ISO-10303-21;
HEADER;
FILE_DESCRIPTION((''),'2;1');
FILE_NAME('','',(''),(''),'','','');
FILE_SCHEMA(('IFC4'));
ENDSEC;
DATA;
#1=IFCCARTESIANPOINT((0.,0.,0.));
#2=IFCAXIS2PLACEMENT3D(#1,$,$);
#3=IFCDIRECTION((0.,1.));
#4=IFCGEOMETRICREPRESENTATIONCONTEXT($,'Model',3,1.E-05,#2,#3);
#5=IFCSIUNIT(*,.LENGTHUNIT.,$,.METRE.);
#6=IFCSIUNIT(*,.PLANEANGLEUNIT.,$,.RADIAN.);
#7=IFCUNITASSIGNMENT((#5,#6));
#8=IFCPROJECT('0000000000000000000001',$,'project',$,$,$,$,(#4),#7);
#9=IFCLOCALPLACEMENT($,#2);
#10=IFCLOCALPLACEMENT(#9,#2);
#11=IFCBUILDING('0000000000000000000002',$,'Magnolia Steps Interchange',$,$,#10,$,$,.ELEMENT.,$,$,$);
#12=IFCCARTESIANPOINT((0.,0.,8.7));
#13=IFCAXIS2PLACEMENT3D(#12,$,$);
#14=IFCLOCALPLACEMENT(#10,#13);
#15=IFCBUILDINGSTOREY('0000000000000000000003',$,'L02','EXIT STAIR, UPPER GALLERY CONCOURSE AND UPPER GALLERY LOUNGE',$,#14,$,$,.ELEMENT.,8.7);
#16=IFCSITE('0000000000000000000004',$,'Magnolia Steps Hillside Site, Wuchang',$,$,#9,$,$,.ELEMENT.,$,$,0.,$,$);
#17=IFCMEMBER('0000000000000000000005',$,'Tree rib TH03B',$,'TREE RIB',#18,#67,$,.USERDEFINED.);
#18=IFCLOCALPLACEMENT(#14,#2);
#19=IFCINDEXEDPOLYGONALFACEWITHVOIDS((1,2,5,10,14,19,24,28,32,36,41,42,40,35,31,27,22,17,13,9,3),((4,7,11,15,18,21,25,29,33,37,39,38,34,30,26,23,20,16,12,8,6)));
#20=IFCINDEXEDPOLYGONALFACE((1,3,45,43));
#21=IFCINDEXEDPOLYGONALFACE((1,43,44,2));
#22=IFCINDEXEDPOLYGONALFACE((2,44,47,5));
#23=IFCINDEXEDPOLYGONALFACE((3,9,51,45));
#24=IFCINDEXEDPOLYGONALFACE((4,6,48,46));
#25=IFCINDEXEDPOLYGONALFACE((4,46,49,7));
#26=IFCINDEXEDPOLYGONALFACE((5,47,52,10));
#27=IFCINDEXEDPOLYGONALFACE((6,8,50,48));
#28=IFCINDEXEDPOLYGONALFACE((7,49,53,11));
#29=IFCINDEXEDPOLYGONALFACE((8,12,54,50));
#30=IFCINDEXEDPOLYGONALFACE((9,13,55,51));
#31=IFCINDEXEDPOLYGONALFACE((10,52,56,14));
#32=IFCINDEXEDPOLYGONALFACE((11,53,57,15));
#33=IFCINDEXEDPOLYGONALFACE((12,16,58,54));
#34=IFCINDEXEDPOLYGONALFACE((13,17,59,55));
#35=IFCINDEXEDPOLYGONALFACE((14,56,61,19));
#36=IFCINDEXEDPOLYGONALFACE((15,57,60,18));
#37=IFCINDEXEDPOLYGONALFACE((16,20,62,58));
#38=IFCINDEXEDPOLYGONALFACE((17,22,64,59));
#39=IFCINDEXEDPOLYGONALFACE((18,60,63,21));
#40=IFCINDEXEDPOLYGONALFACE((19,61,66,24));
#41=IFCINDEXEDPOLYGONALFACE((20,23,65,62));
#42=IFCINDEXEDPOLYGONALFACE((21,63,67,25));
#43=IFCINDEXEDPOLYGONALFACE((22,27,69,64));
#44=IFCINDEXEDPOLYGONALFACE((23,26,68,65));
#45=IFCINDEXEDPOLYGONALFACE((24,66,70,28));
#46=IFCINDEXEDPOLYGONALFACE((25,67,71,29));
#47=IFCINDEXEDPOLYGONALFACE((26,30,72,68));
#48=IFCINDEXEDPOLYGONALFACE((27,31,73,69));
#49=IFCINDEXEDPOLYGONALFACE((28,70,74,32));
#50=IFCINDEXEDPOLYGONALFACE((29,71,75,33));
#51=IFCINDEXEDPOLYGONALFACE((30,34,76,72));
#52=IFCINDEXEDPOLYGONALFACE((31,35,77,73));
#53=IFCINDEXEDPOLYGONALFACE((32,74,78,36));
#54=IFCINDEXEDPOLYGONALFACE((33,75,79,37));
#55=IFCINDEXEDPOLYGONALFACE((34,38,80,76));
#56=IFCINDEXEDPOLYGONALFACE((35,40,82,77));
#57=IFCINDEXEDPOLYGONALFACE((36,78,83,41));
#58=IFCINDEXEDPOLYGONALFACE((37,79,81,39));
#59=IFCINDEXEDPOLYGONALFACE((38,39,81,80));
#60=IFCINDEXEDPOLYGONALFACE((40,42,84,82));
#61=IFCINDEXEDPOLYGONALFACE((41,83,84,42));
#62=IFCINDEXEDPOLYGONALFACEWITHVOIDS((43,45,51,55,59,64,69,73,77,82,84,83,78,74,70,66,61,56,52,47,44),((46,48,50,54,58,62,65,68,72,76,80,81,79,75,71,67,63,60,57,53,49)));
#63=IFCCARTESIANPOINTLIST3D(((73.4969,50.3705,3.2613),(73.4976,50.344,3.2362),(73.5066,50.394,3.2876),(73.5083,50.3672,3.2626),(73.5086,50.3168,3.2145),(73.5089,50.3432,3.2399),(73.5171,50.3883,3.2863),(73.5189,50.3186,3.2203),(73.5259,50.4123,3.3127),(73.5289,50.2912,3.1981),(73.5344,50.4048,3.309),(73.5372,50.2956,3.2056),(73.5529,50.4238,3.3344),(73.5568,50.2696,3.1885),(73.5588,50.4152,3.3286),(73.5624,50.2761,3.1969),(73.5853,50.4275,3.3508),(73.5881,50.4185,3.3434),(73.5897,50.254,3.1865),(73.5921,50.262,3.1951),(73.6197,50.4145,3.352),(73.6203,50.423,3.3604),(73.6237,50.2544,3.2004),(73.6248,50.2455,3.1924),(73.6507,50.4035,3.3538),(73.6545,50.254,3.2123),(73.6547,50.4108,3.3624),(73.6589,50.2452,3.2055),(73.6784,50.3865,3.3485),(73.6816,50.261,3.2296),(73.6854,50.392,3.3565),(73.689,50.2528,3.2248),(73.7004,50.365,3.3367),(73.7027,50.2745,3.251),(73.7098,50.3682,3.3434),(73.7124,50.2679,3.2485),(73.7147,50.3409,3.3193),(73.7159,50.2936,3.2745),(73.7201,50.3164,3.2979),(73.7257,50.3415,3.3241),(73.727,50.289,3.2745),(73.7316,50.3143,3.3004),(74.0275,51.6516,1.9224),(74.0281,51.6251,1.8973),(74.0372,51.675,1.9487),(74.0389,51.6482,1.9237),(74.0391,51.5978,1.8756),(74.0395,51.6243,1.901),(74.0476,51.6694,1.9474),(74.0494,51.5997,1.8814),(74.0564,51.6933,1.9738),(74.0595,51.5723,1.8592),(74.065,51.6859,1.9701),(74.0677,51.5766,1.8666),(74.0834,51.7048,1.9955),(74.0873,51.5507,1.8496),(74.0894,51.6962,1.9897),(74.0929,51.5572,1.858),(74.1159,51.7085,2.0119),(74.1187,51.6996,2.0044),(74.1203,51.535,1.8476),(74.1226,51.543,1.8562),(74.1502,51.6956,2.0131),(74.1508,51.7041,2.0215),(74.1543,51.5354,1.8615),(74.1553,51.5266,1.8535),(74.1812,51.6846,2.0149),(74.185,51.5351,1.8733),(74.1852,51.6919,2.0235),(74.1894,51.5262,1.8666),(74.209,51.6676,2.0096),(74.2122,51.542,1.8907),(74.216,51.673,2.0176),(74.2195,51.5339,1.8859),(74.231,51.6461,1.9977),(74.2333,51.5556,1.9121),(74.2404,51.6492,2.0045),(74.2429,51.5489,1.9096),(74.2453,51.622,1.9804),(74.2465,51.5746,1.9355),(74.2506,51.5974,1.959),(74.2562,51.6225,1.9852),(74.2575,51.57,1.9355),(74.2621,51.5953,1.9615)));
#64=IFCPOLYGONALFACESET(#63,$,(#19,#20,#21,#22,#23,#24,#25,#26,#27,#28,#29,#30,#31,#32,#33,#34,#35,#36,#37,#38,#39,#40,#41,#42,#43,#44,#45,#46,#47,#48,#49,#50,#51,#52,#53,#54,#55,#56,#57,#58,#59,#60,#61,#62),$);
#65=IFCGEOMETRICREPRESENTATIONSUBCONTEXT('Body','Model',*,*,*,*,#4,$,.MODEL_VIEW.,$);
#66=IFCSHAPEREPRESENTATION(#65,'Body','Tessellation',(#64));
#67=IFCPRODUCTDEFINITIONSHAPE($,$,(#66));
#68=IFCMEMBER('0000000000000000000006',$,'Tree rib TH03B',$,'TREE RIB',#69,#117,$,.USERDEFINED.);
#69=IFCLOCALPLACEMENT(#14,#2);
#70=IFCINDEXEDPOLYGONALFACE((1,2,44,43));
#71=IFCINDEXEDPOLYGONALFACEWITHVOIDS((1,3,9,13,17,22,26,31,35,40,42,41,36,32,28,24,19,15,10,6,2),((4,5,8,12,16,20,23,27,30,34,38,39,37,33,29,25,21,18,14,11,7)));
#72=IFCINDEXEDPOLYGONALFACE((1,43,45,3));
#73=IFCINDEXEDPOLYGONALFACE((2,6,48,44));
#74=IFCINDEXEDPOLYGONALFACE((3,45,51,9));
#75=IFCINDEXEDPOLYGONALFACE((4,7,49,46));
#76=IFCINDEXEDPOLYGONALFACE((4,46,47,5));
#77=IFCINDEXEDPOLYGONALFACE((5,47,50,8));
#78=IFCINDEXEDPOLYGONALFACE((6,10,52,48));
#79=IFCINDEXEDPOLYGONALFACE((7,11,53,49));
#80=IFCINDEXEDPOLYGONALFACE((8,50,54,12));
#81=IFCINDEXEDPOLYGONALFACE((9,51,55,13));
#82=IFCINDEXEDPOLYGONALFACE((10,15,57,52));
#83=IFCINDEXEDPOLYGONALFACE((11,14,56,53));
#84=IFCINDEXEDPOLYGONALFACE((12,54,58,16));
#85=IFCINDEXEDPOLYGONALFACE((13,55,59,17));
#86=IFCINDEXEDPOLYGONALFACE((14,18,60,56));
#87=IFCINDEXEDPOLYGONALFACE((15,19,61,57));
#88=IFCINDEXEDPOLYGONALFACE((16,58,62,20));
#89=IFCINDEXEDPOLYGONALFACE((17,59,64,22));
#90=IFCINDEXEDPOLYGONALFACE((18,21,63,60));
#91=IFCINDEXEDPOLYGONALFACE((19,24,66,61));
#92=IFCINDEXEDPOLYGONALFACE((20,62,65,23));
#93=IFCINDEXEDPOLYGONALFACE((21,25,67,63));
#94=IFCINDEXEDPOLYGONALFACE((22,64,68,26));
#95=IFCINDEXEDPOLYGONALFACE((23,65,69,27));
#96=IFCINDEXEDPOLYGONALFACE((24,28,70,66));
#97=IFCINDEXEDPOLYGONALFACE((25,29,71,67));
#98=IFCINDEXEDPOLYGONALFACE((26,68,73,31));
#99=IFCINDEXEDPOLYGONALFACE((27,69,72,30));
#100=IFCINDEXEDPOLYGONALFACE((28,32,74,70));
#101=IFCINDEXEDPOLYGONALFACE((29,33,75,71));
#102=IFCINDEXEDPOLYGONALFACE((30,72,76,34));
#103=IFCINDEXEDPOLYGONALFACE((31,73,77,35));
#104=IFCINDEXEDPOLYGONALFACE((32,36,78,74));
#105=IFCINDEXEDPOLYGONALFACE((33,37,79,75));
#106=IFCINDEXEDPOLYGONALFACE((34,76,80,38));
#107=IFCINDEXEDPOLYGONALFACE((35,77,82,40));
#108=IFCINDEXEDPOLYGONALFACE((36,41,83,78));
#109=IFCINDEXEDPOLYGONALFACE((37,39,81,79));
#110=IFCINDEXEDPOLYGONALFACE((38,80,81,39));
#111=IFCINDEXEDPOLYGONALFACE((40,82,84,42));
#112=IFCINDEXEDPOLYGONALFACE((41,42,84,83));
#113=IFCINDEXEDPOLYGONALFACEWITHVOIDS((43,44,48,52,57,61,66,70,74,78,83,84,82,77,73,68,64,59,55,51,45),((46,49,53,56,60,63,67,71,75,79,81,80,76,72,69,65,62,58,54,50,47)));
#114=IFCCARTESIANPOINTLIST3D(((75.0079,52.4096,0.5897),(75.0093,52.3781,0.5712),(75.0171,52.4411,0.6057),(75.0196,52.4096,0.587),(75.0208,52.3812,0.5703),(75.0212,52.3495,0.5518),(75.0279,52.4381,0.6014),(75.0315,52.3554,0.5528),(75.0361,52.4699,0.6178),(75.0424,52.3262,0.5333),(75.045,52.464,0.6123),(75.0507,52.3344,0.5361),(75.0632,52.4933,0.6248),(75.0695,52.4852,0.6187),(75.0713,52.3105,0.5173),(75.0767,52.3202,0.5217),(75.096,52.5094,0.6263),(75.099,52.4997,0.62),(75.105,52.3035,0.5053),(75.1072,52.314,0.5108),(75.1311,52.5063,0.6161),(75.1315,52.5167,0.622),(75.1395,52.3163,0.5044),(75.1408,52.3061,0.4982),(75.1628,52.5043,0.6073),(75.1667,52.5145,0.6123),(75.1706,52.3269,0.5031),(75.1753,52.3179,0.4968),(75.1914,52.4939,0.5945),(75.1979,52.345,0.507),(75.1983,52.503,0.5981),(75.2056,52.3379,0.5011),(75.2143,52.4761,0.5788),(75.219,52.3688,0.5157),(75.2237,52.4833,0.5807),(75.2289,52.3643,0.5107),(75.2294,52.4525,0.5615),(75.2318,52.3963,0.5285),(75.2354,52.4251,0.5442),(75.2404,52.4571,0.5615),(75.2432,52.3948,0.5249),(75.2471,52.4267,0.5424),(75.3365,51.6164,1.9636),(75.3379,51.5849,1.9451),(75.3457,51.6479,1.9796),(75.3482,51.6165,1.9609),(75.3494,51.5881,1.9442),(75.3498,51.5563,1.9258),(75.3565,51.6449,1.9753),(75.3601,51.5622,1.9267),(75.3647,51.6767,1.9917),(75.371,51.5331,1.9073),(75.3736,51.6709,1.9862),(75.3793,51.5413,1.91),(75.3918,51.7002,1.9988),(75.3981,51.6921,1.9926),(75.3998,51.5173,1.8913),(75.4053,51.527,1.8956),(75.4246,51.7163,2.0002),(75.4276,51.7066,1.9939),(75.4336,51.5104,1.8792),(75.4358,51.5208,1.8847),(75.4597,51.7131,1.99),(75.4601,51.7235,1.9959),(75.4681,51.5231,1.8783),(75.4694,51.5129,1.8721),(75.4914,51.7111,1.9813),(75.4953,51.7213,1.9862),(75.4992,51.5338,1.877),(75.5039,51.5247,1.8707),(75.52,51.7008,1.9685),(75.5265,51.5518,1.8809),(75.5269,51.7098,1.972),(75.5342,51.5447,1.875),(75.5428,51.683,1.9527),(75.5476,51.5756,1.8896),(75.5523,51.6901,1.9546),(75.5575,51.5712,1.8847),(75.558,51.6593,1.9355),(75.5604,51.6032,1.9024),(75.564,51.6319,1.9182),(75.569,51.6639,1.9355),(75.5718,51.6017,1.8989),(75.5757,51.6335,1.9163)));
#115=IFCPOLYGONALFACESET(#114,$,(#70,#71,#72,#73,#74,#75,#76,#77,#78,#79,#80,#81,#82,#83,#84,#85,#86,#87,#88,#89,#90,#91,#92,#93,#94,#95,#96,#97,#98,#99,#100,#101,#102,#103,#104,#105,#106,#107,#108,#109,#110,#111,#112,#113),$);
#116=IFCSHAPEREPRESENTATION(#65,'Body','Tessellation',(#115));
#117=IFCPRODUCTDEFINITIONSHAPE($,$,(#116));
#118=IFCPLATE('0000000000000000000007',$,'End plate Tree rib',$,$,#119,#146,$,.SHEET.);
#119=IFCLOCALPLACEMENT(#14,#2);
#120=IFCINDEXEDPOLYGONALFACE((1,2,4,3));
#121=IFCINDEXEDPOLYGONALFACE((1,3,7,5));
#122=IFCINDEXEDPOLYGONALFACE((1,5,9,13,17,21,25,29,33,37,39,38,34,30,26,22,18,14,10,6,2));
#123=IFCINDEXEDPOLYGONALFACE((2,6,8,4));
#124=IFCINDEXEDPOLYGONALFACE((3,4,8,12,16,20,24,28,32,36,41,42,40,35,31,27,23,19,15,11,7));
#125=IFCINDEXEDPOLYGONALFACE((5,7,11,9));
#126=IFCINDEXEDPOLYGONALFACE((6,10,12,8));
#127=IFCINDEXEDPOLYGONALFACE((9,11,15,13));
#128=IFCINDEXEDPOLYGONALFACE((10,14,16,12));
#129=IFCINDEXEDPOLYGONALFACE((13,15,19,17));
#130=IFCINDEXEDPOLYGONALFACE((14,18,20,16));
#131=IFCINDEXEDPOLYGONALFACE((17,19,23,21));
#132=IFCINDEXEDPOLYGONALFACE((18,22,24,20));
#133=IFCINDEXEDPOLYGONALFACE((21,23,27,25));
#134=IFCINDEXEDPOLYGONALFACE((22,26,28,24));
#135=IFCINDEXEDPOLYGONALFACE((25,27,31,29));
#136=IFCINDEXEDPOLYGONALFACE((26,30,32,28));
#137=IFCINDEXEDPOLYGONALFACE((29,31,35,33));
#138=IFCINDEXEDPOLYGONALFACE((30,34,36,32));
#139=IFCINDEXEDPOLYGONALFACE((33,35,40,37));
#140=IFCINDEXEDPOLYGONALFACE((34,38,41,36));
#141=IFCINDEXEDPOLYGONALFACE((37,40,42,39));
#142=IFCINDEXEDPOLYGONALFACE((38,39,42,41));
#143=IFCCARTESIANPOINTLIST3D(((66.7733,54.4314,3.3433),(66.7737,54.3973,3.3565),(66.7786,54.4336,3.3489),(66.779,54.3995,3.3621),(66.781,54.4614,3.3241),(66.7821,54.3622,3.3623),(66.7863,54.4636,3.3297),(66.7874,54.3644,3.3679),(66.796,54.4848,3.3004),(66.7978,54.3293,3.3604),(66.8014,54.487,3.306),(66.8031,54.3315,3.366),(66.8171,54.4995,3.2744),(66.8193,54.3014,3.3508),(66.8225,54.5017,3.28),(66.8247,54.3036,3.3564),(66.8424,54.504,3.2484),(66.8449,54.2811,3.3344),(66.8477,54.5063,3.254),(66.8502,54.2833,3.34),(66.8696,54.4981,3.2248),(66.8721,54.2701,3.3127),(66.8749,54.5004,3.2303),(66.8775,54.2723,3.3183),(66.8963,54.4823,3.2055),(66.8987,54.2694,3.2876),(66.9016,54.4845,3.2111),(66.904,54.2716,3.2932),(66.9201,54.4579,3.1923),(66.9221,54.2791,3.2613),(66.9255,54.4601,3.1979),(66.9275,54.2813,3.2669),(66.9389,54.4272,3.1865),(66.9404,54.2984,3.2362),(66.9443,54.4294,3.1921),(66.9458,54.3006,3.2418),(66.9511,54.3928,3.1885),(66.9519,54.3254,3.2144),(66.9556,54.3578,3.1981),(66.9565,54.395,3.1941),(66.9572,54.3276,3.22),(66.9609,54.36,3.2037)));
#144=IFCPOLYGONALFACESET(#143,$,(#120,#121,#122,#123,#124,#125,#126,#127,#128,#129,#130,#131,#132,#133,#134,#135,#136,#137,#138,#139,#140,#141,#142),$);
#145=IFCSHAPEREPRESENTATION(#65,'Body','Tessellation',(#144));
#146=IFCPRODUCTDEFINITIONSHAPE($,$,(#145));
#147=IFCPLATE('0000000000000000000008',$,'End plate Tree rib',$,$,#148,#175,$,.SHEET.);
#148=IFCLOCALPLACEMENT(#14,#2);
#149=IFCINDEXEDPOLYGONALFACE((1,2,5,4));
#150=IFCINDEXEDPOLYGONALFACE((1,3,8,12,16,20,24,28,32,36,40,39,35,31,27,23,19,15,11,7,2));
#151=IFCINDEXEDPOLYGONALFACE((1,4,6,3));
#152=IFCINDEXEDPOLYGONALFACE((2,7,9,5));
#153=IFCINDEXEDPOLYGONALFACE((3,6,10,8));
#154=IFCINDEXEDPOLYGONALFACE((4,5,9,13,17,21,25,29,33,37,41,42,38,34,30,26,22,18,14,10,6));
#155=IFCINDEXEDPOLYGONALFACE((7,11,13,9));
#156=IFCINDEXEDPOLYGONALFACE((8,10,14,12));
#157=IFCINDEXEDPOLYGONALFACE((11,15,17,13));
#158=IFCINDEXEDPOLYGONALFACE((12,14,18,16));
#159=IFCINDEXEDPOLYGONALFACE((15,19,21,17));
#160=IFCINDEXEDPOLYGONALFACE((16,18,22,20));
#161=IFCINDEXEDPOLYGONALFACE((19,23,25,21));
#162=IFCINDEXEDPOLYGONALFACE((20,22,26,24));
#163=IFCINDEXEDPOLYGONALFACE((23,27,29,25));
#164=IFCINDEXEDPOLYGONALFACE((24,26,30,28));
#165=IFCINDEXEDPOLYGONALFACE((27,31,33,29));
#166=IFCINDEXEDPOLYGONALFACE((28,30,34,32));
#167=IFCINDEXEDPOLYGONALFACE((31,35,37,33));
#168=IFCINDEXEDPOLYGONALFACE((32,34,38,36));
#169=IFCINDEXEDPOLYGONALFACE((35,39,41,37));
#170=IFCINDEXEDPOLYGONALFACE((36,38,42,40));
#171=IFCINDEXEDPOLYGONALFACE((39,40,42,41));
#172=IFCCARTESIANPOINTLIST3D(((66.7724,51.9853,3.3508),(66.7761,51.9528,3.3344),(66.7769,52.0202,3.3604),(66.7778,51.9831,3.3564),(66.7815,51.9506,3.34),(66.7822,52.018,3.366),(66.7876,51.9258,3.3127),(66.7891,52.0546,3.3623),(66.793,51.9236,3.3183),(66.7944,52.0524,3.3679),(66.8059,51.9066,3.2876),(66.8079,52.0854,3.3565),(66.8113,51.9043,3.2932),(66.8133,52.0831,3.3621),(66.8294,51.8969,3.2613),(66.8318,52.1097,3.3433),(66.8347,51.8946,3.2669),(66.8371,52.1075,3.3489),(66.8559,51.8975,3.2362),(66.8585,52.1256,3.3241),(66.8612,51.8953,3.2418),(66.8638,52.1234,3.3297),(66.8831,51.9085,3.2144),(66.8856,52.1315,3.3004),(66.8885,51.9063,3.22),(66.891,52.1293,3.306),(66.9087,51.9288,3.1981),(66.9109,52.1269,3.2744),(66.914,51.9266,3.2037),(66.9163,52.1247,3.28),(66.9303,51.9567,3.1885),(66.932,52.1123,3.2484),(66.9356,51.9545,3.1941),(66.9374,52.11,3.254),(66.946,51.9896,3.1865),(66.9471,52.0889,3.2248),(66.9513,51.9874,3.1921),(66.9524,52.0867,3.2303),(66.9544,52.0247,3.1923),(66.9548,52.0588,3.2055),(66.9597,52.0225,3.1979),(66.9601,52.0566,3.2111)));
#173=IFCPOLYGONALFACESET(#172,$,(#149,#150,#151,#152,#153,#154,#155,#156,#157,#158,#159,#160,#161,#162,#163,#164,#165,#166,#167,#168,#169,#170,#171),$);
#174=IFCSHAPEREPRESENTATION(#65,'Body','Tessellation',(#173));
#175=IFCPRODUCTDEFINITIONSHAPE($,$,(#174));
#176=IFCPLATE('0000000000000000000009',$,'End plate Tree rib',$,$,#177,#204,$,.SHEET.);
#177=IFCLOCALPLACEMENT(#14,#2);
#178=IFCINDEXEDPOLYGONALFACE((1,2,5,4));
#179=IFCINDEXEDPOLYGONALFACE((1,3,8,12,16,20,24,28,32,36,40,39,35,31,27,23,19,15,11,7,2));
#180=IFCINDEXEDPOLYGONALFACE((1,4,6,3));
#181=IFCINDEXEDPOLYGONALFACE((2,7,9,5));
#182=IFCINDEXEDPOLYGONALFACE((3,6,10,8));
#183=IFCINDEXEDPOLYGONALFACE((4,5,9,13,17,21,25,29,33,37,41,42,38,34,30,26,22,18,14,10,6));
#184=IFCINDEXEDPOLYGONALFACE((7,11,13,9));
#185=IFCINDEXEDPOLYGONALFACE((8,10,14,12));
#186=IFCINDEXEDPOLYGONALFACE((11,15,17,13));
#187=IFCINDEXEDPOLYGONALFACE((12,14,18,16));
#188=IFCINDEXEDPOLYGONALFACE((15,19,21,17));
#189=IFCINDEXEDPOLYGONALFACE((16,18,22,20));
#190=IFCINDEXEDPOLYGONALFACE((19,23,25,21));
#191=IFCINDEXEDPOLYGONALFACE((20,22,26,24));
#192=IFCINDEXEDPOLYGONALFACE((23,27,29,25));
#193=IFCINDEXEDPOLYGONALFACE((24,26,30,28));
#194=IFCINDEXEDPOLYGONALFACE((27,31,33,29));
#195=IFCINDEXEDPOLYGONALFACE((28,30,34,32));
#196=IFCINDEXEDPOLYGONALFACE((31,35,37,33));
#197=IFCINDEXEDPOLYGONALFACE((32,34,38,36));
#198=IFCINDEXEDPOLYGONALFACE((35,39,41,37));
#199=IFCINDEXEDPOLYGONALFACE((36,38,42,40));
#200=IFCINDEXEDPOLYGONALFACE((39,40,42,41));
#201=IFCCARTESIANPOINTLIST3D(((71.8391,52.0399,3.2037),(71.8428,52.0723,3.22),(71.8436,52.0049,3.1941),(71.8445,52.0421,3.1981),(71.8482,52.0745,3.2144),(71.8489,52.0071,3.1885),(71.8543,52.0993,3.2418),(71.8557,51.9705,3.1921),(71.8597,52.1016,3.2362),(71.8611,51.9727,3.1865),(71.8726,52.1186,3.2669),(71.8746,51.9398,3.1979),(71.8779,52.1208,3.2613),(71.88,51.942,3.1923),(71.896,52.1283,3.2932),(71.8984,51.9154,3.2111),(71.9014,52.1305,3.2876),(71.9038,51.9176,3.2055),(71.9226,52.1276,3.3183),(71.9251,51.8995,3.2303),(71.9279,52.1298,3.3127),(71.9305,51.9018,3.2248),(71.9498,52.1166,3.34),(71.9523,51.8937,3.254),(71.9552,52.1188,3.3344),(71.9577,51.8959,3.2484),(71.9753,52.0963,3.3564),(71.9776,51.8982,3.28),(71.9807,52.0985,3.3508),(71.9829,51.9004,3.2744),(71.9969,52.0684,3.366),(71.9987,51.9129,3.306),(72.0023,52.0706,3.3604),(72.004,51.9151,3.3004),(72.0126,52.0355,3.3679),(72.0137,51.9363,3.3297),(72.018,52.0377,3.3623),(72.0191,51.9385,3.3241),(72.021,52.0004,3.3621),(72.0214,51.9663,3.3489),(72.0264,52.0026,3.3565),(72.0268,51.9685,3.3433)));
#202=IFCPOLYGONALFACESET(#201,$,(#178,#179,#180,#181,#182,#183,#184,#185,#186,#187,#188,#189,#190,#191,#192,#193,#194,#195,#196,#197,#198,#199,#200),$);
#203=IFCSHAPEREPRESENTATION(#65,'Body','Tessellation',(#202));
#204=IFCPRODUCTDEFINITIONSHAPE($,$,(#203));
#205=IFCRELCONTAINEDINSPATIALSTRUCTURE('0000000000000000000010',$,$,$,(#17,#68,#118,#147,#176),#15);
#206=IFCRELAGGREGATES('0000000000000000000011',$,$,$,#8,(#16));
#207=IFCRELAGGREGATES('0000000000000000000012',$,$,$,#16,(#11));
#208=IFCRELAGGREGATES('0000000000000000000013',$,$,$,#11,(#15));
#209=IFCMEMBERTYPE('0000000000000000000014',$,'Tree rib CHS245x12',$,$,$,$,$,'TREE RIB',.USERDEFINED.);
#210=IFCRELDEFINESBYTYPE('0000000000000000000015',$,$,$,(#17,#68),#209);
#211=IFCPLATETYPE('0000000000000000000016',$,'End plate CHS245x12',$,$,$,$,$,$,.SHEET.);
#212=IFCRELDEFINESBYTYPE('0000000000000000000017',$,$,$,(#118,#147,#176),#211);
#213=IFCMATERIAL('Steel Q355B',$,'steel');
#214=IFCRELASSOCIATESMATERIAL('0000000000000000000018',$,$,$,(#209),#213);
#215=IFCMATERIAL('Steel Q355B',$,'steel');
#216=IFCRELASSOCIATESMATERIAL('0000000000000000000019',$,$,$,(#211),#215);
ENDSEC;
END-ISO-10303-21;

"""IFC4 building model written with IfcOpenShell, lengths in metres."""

from ifc_helpers import new_model, si_unit, direction, frame, origin, origin_2d, place, context, subcontext, project, spatial, circle, hollow_circle, extrude, material, material_profile, profile_set, type_object, element, save


model = new_model("IFC4")

# Units and contexts
model_context = context("Model", 3, precision=1e-05, world=origin(), true_north=direction((0.0, 1.0)))
body_context = subcontext(model_context, "Body", "Model", "MODEL_VIEW")
ifc_project = project(units=[si_unit("LENGTHUNIT", "METRE"), si_unit("PLANEANGLEUNIT", "RADIAN")], contexts=[model_context])

# Site, building, storey
site_placement = place(None, origin())
site = spatial("IfcSite", under=ifc_project, at=site_placement, Name="Magnolia Steps Hillside Site, Wuchang", CompositionType="ELEMENT", RefElevation=0.0)
building_placement = place(site_placement, origin())
building = spatial("IfcBuilding", under=site, at=building_placement, Name="Magnolia Steps Interchange", CompositionType="ELEMENT")
storey_placement = place(building_placement, frame((0.0, 0.0, 8.7)))
storey = spatial("IfcBuildingStorey", under=building, at=storey_placement, Name="L02", Description="EXIT STAIR, UPPER GALLERY CONCOURSE AND UPPER GALLERY LOUNGE", CompositionType="ELEMENT", Elevation=8.7)

# Members
ifc_material_1 = material(Name="Steel Q355B", Category="steel")
ifc_material_profile_1 = material_profile(ifc_material_1, hollow_circle(Radius=0.1226, WallThickness=0.012, at=origin_2d()), Name="CHS245x12")
ifc_profile_set_1 = profile_set([ifc_material_profile_1], Name="Steel Q355B")
member_type = type_object("IfcMemberType", Name="Tree rib CHS245x12", ElementType="TREE RIB", PredefinedType="USERDEFINED", material=ifc_profile_set_1)
member_1_placement = place(storey_placement, frame((74.1443, 51.6169, 1.9355), z_axis=(-0.275246, -0.664618, 0.694638), x_axis=(0.923903, -0.382627, 0.0)))
element("IfcMember", 1, at=member_1_placement, inside=storey, type_object=member_type, Name="Tree rib TH03B", ObjectType="TREE RIB", PredefinedType="USERDEFINED", context=body_context, shape_type="SweptSolid", body=[
    extrude(hollow_circle(Radius=0.1226, WallThickness=0.012, at=origin_2d()), origin(), (0.0, 0.0, 1.0), 1.9275),
])
member_2_placement = place(storey_placement, frame((75.1272, 52.4102, 0.5615), z_axis=(0.20282, -0.489571, 0.848047), x_axis=(0.923857, 0.382737, 0.0)))
element("IfcMember", 2, at=member_2_placement, inside=storey, type_object=member_type, Name="Tree rib TH03B", ObjectType="TREE RIB", PredefinedType="USERDEFINED", context=body_context, shape_type="SweptSolid", body=[
    extrude(hollow_circle(Radius=0.1226, WallThickness=0.012, at=origin_2d()), origin(), (0.0, 0.0, 1.0), 1.6201),
])

# Plates
ifc_material_2 = material(Name="Steel Q355B", Category="steel")
ifc_material_profile_2 = material_profile(ifc_material_2, circle(Radius=0.1226, at=origin_2d()), Name="End plate CHS245x12")
ifc_profile_set_2 = profile_set([ifc_material_profile_2], Name="Steel Q355B")
plate_type = type_object("IfcPlateType", Name="End plate CHS245x12", PredefinedType="SHEET", material=ifc_profile_set_2)
for number, where, z_axis, x_axis, name in (
    (3, (66.864, 54.3862, 3.2744), (0.664583, 0.275279, 0.694658), (-0.382683, 0.92388, 0.0), "End plate Tree rib"),
    (4, (66.864, 52.0137, 3.2744), (0.664583, -0.275279, 0.694658), (0.382683, 0.92388, 0.0), "End plate Tree rib"),
    (5, (71.936, 52.0137, 3.2744), (-0.664583, -0.275279, 0.694658), (0.382683, -0.92388, 0.0), "End plate Tree rib"),
):
    element("IfcPlate", number, at=place(storey_placement, frame(where, z_axis=z_axis, x_axis=x_axis)), inside=storey, type_object=plate_type, Name=name, PredefinedType="SHEET", context=body_context, shape_type="SweptSolid", body=[
        extrude(circle(Radius=0.1226, at=origin_2d()), origin(), (0.0, 0.0, 1.0), 0.0081),
    ])

save(model, "model.ifc")
